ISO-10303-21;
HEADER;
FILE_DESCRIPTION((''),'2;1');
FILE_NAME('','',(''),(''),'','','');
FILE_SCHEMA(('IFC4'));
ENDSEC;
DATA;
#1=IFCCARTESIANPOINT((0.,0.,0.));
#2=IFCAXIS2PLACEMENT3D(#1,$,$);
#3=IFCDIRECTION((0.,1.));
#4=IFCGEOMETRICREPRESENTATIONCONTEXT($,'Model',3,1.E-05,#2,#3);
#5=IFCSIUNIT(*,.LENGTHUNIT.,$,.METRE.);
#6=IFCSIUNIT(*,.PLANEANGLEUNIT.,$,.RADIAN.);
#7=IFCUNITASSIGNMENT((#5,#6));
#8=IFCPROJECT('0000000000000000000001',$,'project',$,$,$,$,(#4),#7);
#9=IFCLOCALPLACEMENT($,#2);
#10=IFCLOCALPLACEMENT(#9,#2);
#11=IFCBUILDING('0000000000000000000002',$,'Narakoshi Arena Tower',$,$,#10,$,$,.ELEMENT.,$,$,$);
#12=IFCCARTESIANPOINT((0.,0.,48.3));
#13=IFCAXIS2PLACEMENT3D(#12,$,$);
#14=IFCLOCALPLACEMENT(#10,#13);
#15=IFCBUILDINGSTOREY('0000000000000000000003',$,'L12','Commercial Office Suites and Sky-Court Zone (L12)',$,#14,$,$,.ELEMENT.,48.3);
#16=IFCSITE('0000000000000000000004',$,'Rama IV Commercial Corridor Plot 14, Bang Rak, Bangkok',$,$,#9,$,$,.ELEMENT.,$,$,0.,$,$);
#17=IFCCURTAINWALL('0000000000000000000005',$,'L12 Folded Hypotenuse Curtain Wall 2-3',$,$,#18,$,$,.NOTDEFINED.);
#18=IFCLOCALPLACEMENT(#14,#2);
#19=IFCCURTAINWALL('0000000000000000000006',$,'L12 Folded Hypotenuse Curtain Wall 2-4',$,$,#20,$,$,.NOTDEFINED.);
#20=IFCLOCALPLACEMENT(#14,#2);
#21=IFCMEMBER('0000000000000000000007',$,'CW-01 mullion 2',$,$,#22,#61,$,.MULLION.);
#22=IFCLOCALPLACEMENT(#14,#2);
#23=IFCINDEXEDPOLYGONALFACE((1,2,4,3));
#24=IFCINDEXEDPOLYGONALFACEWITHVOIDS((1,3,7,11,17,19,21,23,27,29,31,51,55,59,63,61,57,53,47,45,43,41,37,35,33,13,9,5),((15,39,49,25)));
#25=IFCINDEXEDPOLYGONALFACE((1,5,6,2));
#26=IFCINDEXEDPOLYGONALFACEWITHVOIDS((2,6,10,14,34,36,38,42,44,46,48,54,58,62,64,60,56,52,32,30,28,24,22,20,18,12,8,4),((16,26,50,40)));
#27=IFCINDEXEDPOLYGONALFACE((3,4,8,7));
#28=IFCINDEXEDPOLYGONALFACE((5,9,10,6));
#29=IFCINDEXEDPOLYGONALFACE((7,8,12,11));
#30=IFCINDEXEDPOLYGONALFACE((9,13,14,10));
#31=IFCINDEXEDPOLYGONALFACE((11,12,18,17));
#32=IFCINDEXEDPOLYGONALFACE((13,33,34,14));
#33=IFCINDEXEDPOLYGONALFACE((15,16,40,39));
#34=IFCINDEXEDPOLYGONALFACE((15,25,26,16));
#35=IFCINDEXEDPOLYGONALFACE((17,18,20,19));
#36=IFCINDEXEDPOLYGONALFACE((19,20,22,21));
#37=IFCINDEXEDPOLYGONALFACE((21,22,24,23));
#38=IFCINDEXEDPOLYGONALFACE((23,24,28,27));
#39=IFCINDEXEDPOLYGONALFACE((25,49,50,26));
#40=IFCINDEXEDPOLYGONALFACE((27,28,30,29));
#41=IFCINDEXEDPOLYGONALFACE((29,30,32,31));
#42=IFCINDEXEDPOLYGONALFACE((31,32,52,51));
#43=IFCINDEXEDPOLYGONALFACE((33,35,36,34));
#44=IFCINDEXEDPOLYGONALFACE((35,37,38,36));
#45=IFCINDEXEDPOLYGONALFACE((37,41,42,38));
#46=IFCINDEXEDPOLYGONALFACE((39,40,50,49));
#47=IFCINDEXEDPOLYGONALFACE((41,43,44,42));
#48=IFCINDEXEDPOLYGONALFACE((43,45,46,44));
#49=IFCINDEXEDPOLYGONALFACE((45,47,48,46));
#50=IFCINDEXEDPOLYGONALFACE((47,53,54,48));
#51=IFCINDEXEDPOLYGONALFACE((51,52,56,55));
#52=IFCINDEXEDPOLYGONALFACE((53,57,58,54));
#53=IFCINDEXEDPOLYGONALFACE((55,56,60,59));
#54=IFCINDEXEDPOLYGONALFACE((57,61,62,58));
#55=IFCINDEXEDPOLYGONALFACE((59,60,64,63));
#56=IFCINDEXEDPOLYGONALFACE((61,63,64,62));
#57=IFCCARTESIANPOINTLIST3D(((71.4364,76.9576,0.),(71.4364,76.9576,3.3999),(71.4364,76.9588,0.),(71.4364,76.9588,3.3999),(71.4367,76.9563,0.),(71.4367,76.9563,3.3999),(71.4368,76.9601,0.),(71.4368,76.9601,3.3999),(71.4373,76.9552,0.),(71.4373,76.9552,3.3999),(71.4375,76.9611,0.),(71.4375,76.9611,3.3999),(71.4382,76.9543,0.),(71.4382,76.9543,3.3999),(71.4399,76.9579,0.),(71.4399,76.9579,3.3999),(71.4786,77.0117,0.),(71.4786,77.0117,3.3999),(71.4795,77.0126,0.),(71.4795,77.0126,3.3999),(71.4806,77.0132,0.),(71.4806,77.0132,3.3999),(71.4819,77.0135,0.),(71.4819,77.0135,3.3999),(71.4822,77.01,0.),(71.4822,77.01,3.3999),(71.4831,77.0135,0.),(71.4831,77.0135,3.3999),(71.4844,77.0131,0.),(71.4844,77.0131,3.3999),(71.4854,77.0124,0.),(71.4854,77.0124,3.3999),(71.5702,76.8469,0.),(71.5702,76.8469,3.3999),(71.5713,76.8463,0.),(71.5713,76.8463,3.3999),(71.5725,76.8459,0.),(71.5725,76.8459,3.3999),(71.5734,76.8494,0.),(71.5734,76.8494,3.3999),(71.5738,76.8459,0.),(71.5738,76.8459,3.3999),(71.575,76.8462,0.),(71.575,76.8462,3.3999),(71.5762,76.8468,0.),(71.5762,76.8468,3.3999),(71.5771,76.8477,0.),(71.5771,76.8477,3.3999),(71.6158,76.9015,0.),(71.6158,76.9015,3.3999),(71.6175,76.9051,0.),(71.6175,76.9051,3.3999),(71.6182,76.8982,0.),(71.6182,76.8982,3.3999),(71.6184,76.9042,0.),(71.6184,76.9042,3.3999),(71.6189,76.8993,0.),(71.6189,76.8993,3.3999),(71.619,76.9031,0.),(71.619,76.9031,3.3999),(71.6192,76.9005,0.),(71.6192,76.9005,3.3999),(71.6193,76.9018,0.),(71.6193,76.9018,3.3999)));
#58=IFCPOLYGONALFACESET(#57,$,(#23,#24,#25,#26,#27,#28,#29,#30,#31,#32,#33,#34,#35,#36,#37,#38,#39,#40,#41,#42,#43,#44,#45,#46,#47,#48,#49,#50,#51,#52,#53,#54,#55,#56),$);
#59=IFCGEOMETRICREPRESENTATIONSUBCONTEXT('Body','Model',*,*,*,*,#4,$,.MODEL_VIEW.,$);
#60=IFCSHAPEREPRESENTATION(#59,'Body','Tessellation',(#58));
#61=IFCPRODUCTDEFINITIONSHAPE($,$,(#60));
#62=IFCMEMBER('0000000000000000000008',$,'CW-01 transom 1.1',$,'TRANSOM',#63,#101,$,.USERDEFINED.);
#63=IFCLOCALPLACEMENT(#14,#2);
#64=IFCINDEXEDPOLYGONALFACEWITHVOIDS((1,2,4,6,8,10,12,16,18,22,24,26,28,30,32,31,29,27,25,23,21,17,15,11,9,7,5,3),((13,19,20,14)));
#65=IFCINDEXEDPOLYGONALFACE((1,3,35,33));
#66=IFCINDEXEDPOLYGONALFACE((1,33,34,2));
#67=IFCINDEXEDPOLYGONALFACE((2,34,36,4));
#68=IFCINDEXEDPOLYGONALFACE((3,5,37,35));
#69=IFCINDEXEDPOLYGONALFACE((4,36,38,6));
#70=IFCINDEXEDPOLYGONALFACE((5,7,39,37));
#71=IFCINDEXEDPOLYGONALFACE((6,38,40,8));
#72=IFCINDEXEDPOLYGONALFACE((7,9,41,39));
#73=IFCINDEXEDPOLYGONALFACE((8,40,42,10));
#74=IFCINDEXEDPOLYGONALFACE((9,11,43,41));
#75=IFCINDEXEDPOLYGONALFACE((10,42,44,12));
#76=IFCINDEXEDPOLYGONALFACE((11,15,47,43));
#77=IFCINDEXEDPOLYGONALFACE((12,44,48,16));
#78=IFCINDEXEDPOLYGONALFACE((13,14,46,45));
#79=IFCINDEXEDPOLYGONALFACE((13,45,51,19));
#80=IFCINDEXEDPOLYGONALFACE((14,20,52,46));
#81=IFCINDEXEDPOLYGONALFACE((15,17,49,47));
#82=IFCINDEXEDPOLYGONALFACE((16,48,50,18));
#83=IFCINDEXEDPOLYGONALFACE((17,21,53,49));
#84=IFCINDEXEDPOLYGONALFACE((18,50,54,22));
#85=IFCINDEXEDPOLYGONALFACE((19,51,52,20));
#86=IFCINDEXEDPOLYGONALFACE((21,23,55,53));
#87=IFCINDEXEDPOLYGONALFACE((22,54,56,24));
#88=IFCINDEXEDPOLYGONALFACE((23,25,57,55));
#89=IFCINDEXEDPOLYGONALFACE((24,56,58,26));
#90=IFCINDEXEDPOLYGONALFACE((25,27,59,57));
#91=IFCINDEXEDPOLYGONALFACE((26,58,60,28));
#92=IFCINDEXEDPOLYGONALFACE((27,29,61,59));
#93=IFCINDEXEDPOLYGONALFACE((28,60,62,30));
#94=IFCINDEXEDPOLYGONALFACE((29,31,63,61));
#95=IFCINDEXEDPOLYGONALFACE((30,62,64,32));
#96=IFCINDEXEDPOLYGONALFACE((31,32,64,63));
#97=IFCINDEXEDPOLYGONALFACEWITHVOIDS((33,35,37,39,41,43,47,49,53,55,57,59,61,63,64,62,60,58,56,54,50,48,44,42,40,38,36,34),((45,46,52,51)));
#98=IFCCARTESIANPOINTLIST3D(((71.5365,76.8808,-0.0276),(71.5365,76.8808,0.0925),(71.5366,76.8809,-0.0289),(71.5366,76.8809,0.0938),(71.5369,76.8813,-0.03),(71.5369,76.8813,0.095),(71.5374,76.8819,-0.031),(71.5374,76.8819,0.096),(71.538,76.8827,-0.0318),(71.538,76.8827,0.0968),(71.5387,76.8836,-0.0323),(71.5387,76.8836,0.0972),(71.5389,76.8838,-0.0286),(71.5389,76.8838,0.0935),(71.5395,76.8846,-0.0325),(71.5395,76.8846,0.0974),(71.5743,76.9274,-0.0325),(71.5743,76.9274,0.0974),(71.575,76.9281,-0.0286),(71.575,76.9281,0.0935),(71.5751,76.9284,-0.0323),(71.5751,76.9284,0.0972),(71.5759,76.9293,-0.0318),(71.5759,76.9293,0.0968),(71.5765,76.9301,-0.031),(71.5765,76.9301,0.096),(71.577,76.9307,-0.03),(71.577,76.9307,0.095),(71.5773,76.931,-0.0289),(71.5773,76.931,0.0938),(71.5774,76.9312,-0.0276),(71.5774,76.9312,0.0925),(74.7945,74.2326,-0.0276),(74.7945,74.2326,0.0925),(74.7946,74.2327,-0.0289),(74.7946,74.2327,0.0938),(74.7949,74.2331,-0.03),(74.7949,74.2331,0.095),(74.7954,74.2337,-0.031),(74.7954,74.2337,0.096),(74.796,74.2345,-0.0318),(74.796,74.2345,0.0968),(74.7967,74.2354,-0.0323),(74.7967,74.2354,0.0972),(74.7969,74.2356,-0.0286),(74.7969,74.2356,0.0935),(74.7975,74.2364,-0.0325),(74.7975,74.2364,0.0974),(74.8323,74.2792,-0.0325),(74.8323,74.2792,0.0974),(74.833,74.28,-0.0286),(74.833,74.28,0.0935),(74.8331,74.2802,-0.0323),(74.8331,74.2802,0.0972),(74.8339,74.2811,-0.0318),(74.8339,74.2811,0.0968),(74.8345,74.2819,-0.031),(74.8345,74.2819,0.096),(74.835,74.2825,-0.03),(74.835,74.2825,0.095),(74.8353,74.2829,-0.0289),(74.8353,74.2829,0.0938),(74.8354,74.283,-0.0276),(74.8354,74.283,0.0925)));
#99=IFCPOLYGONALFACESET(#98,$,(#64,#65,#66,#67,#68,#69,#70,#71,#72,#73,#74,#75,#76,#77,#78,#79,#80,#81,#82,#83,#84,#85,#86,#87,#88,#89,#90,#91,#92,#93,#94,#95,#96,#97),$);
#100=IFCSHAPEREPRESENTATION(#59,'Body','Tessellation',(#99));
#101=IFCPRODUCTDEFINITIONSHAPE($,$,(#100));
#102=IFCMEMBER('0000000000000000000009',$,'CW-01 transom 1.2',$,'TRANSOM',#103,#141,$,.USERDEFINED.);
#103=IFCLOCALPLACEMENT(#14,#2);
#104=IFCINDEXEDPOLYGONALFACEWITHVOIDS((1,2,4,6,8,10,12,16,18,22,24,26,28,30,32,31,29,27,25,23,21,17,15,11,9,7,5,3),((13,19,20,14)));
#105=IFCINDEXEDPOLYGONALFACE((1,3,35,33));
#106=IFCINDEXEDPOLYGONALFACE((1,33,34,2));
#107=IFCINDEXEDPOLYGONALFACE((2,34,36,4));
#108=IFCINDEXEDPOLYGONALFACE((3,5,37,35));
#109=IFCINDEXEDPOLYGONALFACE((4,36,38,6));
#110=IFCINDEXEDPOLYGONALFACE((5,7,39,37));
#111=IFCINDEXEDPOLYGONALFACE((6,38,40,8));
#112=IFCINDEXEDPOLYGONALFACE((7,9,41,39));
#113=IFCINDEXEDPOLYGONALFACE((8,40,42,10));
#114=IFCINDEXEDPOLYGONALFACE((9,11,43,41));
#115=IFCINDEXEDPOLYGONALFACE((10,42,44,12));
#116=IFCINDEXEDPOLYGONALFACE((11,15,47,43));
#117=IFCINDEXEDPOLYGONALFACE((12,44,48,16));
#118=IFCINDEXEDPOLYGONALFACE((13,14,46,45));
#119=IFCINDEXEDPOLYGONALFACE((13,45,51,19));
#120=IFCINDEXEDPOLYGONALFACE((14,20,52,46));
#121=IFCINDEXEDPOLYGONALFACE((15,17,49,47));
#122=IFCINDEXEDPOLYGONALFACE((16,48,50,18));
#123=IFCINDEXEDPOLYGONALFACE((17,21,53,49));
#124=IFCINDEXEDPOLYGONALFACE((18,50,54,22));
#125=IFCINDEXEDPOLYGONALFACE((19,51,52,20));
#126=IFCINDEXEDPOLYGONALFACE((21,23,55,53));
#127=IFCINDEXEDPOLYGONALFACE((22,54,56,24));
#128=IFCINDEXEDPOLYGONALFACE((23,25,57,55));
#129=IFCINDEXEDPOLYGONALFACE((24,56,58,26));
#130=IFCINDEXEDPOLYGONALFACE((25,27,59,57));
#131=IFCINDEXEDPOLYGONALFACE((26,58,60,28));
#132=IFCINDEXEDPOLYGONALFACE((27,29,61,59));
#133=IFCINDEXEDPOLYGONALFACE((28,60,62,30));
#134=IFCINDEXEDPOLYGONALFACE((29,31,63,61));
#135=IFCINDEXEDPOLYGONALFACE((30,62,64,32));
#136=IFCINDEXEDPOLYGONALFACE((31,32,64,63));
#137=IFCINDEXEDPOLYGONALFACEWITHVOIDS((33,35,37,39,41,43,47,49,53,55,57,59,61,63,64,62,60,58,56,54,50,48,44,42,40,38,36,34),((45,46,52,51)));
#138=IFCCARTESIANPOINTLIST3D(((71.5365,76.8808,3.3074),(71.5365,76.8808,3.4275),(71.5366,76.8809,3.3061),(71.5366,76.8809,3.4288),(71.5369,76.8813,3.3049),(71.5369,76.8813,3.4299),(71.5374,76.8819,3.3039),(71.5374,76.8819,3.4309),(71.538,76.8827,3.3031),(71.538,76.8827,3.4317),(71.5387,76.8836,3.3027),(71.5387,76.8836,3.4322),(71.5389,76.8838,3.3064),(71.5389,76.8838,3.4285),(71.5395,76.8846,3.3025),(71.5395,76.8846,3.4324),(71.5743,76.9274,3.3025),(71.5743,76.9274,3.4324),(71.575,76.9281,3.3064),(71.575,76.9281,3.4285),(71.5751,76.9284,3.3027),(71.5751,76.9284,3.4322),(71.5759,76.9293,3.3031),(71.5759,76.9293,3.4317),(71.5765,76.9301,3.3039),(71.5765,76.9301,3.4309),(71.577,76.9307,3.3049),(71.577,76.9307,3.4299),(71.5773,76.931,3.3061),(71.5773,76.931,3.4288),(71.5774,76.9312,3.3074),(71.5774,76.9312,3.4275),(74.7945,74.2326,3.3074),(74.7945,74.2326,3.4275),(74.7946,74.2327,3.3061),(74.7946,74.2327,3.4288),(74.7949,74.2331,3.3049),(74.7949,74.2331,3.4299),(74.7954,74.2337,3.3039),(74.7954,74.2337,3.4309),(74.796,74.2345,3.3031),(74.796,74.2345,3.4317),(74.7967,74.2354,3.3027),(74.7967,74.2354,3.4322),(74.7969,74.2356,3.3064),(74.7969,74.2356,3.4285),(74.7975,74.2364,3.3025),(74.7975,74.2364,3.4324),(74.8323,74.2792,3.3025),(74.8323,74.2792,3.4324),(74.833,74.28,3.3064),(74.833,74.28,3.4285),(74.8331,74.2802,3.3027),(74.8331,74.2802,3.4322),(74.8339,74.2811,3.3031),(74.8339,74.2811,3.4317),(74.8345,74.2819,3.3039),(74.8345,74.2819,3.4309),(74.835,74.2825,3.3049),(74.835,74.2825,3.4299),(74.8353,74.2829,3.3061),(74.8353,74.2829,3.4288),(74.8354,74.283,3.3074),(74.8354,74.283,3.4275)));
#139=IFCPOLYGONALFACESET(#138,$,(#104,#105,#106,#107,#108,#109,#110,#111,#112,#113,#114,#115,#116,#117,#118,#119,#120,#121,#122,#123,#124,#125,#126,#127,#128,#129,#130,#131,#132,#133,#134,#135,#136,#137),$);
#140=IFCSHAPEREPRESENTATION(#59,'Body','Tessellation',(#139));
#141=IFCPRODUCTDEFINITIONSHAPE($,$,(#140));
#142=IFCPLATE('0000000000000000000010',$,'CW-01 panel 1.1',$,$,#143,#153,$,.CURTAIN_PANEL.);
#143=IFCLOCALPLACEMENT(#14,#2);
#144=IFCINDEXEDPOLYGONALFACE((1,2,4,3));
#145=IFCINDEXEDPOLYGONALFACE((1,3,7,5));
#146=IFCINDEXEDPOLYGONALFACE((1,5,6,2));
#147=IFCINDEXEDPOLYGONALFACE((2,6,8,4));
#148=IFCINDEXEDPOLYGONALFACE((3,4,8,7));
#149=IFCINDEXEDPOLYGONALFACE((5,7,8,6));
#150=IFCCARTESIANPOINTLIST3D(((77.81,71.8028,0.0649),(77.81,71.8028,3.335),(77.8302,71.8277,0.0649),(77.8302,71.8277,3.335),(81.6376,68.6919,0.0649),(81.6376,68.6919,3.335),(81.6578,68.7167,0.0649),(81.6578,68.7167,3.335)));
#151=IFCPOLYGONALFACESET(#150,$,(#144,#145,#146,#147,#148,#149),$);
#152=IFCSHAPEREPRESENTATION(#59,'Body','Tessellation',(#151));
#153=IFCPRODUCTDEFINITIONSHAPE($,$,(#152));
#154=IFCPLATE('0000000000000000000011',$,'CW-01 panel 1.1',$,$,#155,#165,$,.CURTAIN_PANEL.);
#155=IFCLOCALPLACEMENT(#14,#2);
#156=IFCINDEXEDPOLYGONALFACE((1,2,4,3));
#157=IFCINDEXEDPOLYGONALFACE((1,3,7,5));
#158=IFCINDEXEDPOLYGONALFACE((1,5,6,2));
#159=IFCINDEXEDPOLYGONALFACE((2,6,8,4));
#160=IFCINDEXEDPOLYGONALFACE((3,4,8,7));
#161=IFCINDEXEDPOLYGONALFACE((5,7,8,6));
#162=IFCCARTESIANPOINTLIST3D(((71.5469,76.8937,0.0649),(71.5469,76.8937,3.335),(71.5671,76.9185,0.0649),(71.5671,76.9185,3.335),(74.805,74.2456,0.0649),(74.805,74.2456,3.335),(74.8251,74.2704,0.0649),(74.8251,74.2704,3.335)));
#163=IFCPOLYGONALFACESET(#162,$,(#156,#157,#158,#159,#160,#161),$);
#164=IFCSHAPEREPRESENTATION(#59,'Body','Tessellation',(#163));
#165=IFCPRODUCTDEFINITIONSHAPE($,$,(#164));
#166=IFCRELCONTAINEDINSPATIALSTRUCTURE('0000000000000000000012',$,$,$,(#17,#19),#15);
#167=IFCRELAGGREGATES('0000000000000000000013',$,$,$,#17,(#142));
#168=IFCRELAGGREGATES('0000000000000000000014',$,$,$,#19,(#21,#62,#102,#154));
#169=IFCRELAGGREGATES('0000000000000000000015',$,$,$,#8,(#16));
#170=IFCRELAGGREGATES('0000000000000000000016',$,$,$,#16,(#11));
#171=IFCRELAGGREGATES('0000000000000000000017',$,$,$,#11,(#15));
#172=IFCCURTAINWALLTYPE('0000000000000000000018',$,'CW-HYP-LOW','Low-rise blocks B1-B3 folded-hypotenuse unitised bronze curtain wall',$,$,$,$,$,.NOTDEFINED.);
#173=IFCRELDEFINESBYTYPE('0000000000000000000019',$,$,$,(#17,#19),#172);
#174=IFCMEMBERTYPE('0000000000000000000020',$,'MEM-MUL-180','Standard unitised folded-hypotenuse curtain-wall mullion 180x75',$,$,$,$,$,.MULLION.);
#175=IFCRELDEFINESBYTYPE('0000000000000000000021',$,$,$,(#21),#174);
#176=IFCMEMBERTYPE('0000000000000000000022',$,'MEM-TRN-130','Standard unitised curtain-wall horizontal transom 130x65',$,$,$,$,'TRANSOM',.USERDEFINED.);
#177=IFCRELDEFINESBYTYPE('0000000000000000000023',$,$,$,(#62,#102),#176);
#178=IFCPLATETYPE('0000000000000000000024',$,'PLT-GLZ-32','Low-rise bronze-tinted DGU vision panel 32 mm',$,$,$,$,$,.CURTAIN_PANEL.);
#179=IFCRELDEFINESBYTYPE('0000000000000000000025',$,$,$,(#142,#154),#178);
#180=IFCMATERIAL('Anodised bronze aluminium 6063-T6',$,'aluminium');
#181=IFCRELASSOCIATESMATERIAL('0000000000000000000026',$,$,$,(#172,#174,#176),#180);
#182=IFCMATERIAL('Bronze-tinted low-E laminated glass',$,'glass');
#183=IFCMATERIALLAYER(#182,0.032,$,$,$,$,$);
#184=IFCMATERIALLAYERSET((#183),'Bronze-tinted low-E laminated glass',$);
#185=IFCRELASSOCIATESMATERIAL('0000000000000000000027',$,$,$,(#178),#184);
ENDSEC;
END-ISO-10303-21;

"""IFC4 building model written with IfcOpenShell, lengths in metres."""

from ifc_helpers import new_model, si_unit, direction, frame, origin, origin_2d, place, context, subcontext, project, spatial, rectangle, hollow_rectangle, extrude, material, layer, layer_set, material_profile, profile_set, type_object, element, aggregate, save


model = new_model("IFC4")

# Units and contexts
model_context = context("Model", 3, precision=1e-05, world=origin(), true_north=direction((0.0, 1.0)))
body_context = subcontext(model_context, "Body", "Model", "MODEL_VIEW")
ifc_project = project(units=[si_unit("LENGTHUNIT", "METRE"), si_unit("PLANEANGLEUNIT", "RADIAN")], contexts=[model_context])

# Site, building, storey
site_placement = place(None, origin())
site = spatial("IfcSite", under=ifc_project, at=site_placement, Name="Rama IV Commercial Corridor Plot 14, Bang Rak, Bangkok", CompositionType="ELEMENT", RefElevation=0.0)
building_placement = place(site_placement, origin())
building = spatial("IfcBuilding", under=site, at=building_placement, Name="Narakoshi Arena Tower", CompositionType="ELEMENT")
storey_placement = place(building_placement, frame((0.0, 0.0, 48.3)))
storey = spatial("IfcBuildingStorey", under=building, at=storey_placement, Name="L12", Description="Commercial Office Suites and Sky-Court Zone (L12)", CompositionType="ELEMENT", Elevation=48.3)

# Curtain wall
ifc_material_1 = material(Name="Anodised bronze aluminium 6063-T6", Category="aluminium")
curtain_wall_type = type_object("IfcCurtainWallType", Name="CW-HYP-LOW", Description="Low-rise blocks B1-B3 folded-hypotenuse unitised bronze curtain wall", PredefinedType="NOTDEFINED", material=ifc_material_1)
curtain_wall_1_placement = place(storey_placement, origin())
curtain_wall_1 = element("IfcCurtainWall", 1, at=curtain_wall_1_placement, inside=storey, type_object=curtain_wall_type, Name="L12 Folded Hypotenuse Curtain Wall 2-3", PredefinedType="NOTDEFINED")
ifc_material_profile_1 = material_profile(ifc_material_1, hollow_rectangle(XDim=0.075, YDim=0.1799, WallThickness=0.0039, OuterFilletRadius=0.0049, at=origin_2d()), Name="MUL180x75x4")
ifc_profile_set_1 = profile_set([ifc_material_profile_1], Name="Anodised bronze aluminium 6063-T6")
member_type_1 = type_object("IfcMemberType", Name="MEM-MUL-180", Description="Standard unitised folded-hypotenuse curtain-wall mullion 180x75", PredefinedType="MULLION", material=ifc_profile_set_1)

# Curtain wall, members
curtain_wall_2_placement = place(storey_placement, origin())
curtain_wall_2 = element("IfcCurtainWall", 2, at=curtain_wall_2_placement, inside=storey, type_object=curtain_wall_type, Name="L12 Folded Hypotenuse Curtain Wall 2-4", PredefinedType="NOTDEFINED")
member_1_placement = place(storey_placement, frame((71.5278, 76.9297, 0.0), z_axis=(0.0, 0.0, 1.0), x_axis=(-0.630734, -0.775999, 0.0)))
member_1 = element("IfcMember", 3, at=member_1_placement, type_object=member_type_1, Name="CW-01 mullion 2", PredefinedType="MULLION", context=body_context, shape_type="SweptSolid", body=[
    extrude(hollow_rectangle(XDim=0.075, YDim=0.1799, WallThickness=0.0039, OuterFilletRadius=0.0049, at=origin_2d()), origin(), (0.0, 0.0, 1.0), 3.3999),
])
ifc_material_profile_2 = material_profile(ifc_material_1, hollow_rectangle(XDim=0.0649, YDim=0.1299, WallThickness=0.0039, OuterFilletRadius=0.0049, at=origin_2d()), Name="TRN130x65x4")
ifc_profile_set_2 = profile_set([ifc_material_profile_2], Name="Anodised bronze aluminium 6063-T6")
member_type_2 = type_object("IfcMemberType", Name="MEM-TRN-130", Description="Standard unitised curtain-wall horizontal transom 130x65", ElementType="TRANSOM", PredefinedType="USERDEFINED", material=ifc_profile_set_2)
member_2_placement = place(storey_placement, frame((74.8149, 74.2578, 0.0325), z_axis=(-0.775995, 0.630739, 0.0), x_axis=(-0.630739, -0.775995, 0.0)))
member_2 = element("IfcMember", 4, at=member_2_placement, type_object=member_type_2, Name="CW-01 transom 1.1", ObjectType="TRANSOM", PredefinedType="USERDEFINED", context=body_context, shape_type="SweptSolid", body=[
    extrude(hollow_rectangle(XDim=0.0649, YDim=0.1299, WallThickness=0.0039, OuterFilletRadius=0.0049, at=origin_2d()), origin(), (0.0, 0.0, 1.0), 4.1985),
])
member_3_placement = place(storey_placement, frame((74.8149, 74.2578, 3.3674), z_axis=(-0.775995, 0.630739, 0.0), x_axis=(-0.630739, -0.775995, 0.0)))
member_3 = element("IfcMember", 5, at=member_3_placement, type_object=member_type_2, Name="CW-01 transom 1.2", ObjectType="TRANSOM", PredefinedType="USERDEFINED", context=body_context, shape_type="SweptSolid", body=[
    extrude(hollow_rectangle(XDim=0.0649, YDim=0.1299, WallThickness=0.0039, OuterFilletRadius=0.0049, at=origin_2d()), origin(), (0.0, 0.0, 1.0), 4.1985),
])

# Plates
ifc_material_2 = material(Name="Bronze-tinted low-E laminated glass", Category="glass")
ifc_layer_1 = layer(ifc_material_2, 0.032)
ifc_layer_set_1 = layer_set([ifc_layer_1], Name="Bronze-tinted low-E laminated glass")
plate_type = type_object("IfcPlateType", Name="PLT-GLZ-32", Description="Low-rise bronze-tinted DGU vision panel 32 mm", PredefinedType="CURTAIN_PANEL", material=ifc_layer_set_1)
plate_1_placement = place(storey_placement, frame((79.7339, 70.2598, 0.0649), z_axis=(0.0, 0.0, 1.0), x_axis=(-0.776008, 0.630723, 0.0)))
plate_1 = element("IfcPlate", 6, at=plate_1_placement, type_object=plate_type, Name="CW-01 panel 1.1", PredefinedType="CURTAIN_PANEL", context=body_context, shape_type="SweptSolid", body=[
    extrude(rectangle(XDim=4.9324, YDim=0.032, at=origin_2d()), origin(), (0.0, 0.0, 1.0), 3.27),
])
aggregate(curtain_wall_1, [plate_1])
plate_2_placement = place(storey_placement, frame((73.186, 75.582, 0.0649), z_axis=(0.0, 0.0, 1.0), x_axis=(-0.775999, 0.630734, 0.0)))
plate_2 = element("IfcPlate", 7, at=plate_2_placement, type_object=plate_type, Name="CW-01 panel 1.1", PredefinedType="CURTAIN_PANEL", context=body_context, shape_type="SweptSolid", body=[
    extrude(rectangle(XDim=4.1985, YDim=0.032, at=origin_2d()), origin(), (0.0, 0.0, 1.0), 3.27),
])
aggregate(curtain_wall_2, [member_1, member_2, member_3, plate_2])

save(model, "model.ifc")
